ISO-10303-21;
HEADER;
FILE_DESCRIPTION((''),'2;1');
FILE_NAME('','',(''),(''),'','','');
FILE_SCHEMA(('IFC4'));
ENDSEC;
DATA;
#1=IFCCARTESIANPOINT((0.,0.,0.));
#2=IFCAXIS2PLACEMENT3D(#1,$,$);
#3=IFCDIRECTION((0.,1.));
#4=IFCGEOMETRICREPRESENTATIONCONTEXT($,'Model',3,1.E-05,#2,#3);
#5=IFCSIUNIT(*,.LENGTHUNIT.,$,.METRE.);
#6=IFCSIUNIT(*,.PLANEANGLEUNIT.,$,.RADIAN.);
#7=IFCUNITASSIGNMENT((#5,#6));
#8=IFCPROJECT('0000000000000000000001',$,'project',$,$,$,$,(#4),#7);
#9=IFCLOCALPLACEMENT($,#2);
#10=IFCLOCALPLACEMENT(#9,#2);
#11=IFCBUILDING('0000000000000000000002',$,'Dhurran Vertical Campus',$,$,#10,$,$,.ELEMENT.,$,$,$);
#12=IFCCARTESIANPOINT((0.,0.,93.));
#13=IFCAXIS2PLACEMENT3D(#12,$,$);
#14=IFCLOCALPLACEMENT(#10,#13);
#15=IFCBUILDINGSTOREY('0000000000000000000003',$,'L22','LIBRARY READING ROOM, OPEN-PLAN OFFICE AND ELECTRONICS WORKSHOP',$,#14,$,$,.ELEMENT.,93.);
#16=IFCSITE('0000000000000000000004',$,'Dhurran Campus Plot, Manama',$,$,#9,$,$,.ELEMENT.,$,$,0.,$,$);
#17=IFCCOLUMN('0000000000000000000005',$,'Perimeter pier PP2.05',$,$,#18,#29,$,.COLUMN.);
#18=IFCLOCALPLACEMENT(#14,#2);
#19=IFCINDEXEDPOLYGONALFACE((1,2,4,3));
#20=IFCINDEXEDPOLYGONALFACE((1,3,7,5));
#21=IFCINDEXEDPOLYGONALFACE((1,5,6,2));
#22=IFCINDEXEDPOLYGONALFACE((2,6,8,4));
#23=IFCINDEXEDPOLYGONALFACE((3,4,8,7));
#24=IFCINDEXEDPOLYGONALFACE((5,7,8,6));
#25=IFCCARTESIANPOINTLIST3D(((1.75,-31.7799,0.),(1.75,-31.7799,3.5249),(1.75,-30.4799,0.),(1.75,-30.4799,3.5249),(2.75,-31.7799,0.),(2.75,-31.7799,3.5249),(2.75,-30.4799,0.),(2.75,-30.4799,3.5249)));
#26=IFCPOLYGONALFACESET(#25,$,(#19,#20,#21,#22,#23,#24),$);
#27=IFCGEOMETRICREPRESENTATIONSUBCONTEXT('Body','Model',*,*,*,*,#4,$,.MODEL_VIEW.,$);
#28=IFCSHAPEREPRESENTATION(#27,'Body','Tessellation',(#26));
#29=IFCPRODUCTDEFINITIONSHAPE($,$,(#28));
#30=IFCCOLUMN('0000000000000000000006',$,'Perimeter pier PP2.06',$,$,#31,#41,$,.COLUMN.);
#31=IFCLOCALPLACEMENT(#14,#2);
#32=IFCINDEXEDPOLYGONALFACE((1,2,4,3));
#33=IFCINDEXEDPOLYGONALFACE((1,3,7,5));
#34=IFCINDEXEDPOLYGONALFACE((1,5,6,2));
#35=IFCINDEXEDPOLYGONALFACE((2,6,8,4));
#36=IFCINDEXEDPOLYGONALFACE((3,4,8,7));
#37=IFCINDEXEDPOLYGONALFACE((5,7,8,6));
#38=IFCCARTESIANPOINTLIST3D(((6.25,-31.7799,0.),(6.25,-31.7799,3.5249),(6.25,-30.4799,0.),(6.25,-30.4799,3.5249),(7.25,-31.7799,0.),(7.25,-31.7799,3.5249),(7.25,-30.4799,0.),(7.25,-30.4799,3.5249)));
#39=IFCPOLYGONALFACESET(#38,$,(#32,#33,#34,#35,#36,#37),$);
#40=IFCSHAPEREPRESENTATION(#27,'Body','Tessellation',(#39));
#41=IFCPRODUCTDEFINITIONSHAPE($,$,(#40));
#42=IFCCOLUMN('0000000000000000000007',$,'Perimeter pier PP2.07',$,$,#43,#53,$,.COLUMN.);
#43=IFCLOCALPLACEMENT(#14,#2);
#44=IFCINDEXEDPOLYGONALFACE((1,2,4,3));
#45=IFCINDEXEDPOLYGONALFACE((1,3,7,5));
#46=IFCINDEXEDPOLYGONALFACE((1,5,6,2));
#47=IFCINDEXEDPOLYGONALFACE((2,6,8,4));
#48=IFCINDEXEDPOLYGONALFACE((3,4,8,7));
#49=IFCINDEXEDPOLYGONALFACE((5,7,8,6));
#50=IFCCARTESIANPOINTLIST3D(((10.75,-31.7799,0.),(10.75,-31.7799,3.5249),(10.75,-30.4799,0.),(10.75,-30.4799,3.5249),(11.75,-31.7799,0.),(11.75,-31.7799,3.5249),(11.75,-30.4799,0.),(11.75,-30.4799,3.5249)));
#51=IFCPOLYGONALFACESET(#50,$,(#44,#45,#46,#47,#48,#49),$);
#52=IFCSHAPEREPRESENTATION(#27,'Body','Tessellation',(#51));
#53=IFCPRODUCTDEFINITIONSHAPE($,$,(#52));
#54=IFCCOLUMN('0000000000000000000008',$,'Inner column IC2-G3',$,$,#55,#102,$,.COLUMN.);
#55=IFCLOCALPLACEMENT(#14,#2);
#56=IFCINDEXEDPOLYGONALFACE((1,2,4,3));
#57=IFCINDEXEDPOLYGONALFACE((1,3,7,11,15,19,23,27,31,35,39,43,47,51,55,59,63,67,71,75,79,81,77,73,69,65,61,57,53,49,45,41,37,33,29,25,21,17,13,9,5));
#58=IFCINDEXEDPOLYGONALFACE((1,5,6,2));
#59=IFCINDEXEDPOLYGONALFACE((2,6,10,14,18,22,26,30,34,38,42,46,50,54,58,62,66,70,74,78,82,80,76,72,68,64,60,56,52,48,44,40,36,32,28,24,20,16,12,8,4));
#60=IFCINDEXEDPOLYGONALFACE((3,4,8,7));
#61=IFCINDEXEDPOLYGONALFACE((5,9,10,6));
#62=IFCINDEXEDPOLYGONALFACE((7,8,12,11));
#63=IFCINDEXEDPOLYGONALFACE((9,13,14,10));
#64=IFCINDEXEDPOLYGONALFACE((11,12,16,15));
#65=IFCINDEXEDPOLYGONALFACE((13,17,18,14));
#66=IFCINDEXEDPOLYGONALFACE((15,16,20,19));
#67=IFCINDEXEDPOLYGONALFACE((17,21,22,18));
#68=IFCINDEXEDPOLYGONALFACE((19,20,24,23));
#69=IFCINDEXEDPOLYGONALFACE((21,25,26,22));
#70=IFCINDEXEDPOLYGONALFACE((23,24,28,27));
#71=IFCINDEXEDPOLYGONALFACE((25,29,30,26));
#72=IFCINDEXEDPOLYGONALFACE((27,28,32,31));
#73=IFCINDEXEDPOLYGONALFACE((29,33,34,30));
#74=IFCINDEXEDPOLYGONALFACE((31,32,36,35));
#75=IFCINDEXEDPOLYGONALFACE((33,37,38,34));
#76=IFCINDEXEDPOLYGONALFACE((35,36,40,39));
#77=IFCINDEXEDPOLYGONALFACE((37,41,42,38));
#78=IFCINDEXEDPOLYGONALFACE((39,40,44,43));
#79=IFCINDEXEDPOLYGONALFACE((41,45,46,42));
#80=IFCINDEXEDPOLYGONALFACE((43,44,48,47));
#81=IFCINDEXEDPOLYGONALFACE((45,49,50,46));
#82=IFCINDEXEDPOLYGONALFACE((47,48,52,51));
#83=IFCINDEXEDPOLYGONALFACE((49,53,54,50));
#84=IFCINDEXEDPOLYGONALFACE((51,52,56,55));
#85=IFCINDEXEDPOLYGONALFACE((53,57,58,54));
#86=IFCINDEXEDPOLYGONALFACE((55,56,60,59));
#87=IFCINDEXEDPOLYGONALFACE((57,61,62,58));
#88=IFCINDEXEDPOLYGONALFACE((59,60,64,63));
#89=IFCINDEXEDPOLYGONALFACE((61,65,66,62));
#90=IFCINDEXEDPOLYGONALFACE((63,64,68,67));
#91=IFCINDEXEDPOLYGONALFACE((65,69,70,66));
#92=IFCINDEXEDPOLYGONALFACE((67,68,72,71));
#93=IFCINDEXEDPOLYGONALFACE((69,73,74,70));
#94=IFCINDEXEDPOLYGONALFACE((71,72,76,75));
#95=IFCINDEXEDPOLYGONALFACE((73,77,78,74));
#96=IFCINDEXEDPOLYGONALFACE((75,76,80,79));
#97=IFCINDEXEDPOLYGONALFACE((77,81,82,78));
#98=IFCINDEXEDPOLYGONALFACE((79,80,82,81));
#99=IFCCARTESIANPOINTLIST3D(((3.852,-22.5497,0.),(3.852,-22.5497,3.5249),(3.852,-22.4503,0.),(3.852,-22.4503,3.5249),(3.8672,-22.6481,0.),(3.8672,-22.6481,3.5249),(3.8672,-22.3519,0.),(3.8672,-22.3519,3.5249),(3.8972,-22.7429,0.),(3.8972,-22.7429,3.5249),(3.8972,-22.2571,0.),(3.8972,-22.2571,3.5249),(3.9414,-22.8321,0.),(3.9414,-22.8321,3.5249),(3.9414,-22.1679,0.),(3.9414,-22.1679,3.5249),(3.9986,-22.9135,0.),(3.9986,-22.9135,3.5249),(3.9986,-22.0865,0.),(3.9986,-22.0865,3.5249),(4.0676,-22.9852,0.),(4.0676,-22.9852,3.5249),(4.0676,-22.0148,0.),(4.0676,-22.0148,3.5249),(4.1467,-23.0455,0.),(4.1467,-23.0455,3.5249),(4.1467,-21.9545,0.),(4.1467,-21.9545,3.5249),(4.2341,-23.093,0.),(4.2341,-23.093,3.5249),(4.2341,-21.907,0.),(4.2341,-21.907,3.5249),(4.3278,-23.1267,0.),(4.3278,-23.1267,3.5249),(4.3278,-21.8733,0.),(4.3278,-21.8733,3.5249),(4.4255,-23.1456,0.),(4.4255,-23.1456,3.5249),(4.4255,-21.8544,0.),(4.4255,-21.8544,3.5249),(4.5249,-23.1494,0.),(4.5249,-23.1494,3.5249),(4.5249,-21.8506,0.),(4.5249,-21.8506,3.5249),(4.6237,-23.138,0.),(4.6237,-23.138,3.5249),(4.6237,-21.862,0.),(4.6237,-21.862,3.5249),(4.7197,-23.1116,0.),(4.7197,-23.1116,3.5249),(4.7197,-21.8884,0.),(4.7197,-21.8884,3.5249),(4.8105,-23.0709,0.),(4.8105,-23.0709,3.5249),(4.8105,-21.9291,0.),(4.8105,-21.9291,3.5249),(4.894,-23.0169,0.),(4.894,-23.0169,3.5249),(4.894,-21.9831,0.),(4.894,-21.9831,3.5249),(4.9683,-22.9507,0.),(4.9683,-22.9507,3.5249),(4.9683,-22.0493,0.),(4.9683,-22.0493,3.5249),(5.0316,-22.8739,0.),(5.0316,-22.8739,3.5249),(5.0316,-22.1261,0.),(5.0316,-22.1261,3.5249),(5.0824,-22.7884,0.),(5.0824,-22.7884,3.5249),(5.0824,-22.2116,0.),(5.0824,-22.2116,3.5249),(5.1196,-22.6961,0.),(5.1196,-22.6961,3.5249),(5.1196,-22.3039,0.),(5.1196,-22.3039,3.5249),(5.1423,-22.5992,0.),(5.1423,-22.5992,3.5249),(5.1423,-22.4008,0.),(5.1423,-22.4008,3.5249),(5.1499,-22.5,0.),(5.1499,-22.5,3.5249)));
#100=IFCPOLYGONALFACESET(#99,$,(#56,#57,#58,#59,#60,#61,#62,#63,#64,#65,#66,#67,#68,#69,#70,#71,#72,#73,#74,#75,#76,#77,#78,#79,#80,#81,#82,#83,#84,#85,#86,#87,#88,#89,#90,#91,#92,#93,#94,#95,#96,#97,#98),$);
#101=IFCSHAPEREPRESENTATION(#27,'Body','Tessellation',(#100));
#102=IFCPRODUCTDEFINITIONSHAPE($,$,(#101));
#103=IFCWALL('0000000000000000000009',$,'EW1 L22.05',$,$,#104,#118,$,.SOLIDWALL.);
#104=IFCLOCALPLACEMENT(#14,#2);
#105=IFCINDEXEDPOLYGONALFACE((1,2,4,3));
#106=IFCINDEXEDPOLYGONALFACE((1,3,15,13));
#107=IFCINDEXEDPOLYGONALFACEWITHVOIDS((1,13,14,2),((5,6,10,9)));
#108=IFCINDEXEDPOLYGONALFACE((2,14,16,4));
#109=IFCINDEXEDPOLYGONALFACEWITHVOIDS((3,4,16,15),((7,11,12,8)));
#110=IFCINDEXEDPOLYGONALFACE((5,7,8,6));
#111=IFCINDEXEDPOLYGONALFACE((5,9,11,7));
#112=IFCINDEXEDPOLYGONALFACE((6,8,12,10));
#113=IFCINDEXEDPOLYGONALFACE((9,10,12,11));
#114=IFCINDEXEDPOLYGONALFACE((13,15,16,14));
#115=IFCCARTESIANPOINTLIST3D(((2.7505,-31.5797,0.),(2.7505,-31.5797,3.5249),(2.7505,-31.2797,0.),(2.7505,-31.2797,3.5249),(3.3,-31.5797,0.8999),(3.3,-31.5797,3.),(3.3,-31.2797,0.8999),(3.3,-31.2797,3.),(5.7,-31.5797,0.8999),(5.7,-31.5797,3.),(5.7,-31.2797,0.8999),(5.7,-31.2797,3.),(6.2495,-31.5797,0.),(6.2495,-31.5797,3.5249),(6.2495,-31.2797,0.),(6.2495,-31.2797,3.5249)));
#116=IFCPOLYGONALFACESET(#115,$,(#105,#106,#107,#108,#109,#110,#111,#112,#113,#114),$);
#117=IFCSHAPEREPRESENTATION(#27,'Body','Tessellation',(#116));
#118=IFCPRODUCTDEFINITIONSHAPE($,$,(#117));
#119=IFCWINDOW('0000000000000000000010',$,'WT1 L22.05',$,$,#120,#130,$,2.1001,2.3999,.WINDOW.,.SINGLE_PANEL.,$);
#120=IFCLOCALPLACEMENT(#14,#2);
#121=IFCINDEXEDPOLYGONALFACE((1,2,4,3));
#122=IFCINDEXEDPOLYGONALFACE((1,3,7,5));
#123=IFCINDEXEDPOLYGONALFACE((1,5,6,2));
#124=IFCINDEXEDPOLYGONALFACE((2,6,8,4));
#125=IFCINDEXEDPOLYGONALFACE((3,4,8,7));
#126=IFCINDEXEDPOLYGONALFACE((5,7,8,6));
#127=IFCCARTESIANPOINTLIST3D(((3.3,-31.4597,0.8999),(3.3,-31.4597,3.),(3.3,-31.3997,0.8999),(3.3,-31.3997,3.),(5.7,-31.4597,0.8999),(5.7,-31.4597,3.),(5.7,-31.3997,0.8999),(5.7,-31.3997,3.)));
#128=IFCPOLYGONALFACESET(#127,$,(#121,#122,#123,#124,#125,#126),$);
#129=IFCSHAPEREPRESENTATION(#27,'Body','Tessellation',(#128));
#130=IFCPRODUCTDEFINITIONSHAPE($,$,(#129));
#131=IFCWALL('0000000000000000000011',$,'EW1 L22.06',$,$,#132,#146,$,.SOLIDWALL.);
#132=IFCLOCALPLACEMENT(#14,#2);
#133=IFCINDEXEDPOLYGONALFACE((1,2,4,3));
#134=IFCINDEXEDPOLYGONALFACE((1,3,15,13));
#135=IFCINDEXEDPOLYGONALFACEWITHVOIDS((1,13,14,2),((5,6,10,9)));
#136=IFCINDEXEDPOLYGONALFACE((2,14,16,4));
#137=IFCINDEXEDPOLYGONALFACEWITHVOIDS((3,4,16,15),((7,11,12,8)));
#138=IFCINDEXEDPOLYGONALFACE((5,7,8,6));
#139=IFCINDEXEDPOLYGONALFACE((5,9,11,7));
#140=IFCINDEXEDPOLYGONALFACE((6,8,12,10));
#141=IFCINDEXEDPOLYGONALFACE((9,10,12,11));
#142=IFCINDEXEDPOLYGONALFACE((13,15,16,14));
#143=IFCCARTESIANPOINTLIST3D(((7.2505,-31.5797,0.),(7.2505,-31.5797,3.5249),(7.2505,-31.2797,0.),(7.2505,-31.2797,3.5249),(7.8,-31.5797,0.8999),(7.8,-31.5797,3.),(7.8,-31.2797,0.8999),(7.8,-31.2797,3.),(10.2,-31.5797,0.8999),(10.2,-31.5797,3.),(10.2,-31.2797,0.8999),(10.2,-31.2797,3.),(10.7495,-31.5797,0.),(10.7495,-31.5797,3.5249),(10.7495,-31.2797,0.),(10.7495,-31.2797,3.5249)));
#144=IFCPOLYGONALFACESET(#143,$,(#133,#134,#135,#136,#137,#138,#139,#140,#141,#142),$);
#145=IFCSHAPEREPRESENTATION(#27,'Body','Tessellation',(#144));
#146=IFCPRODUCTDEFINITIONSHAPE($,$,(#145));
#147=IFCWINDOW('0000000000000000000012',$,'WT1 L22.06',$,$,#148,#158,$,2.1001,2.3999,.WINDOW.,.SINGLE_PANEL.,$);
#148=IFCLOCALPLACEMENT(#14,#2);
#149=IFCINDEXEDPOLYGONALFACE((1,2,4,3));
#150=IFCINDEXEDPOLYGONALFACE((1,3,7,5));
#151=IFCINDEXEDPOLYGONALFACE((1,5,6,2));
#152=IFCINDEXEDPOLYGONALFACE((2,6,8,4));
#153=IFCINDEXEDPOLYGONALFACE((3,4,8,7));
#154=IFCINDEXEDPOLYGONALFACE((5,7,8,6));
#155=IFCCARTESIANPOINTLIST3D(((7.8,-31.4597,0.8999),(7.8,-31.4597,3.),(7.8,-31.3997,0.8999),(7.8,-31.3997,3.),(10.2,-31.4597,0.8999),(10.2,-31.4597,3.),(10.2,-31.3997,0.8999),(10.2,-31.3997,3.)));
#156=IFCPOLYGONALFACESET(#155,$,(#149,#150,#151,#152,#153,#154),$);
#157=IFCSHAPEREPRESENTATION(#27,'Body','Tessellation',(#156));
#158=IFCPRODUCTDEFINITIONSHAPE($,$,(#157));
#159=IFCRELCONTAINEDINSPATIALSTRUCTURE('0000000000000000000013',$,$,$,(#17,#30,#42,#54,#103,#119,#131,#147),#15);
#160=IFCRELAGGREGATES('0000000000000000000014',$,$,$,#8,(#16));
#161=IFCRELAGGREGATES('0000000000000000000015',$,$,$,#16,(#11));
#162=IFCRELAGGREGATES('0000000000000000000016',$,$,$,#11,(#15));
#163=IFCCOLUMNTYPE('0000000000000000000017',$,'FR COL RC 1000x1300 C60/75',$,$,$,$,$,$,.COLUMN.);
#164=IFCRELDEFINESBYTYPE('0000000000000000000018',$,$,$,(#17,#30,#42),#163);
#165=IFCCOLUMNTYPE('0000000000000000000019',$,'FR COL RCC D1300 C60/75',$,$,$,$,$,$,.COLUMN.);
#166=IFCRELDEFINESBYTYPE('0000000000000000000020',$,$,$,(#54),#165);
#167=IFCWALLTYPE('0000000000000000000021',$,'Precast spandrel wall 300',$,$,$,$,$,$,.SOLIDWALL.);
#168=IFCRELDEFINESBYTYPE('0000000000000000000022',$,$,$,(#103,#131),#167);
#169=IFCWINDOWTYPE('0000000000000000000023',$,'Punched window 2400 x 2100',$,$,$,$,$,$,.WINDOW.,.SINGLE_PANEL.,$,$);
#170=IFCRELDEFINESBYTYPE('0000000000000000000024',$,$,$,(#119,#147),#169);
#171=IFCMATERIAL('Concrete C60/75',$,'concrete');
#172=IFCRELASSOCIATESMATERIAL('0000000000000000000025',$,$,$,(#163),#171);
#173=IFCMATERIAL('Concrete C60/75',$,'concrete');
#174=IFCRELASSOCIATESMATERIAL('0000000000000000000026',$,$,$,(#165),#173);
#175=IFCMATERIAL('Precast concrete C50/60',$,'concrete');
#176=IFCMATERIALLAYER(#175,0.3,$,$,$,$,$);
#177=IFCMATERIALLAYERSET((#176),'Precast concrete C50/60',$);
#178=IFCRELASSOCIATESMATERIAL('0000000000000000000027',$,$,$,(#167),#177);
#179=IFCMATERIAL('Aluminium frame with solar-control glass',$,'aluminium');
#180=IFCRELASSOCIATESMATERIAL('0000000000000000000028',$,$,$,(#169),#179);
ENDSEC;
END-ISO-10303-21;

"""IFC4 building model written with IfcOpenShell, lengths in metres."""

from ifc_helpers import new_model, si_unit, direction, frame, frame_2d, origin, origin_2d, place, context, subcontext, project, spatial, rectangle, circle, extrude, material, layer, layer_set, material_profile, profile_set, type_object, element, fill, save


model = new_model("IFC4")

# Units and contexts
model_context = context("Model", 3, precision=1e-05, world=origin(), true_north=direction((0.0, 1.0)))
body_context = subcontext(model_context, "Body", "Model", "MODEL_VIEW")
ifc_project = project(units=[si_unit("LENGTHUNIT", "METRE"), si_unit("PLANEANGLEUNIT", "RADIAN")], contexts=[model_context])

# Site, building, storey
site_placement = place(None, origin())
site = spatial("IfcSite", under=ifc_project, at=site_placement, Name="Dhurran Campus Plot, Manama", CompositionType="ELEMENT", RefElevation=0.0)
building_placement = place(site_placement, origin())
building = spatial("IfcBuilding", under=site, at=building_placement, Name="Dhurran Vertical Campus", CompositionType="ELEMENT")
storey_placement = place(building_placement, frame((0.0, 0.0, 93.0)))
storey = spatial("IfcBuildingStorey", under=building, at=storey_placement, Name="L22", Description="LIBRARY READING ROOM, OPEN-PLAN OFFICE AND ELECTRONICS WORKSHOP", CompositionType="ELEMENT", Elevation=93.0)

# Columns
ifc_material_1 = material(Name="Concrete C60/75", Category="concrete")
ifc_material_profile_1 = material_profile(ifc_material_1, rectangle(XDim=1.0, YDim=1.3, at=origin_2d()), Name="RC 1000x1300")
ifc_profile_set_1 = profile_set([ifc_material_profile_1], Name="Concrete C60/75")
column_type_1 = type_object("IfcColumnType", Name="FR COL RC 1000x1300 C60/75", PredefinedType="COLUMN", material=ifc_profile_set_1)
for number, where, z_axis, x_axis, name in (
    (1, (2.25, -31.1299, 0.0), (0.0, 0.0, 1.0), (1.0, 0.0, 0.0), "Perimeter pier PP2.05"),
    (2, (6.75, -31.1299, 0.0), (0.0, 0.0, 1.0), (1.0, 0.0, 0.0), "Perimeter pier PP2.06"),
    (3, (11.25, -31.1299, 0.0), (0.0, 0.0, 1.0), (1.0, 0.0, 0.0), "Perimeter pier PP2.07"),
):
    element("IfcColumn", number, at=place(storey_placement, frame(where, z_axis=z_axis, x_axis=x_axis)), inside=storey, type_object=column_type_1, Name=name, PredefinedType="COLUMN", context=body_context, shape_type="SweptSolid", body=[
        extrude(rectangle(XDim=1.0, YDim=1.3, at=origin_2d()), origin(), (0.0, 0.0, 1.0), 3.5249),
    ])
ifc_material_2 = material(Name="Concrete C60/75", Category="concrete")
ifc_material_profile_2 = material_profile(ifc_material_2, circle(Radius=0.6499, at=origin_2d()), Name="RCC D1300")
ifc_profile_set_2 = profile_set([ifc_material_profile_2], Name="Concrete C60/75")
column_type_2 = type_object("IfcColumnType", Name="FR COL RCC D1300 C60/75", PredefinedType="COLUMN", material=ifc_profile_set_2)
column_placement = place(storey_placement, frame((4.5, -22.5, 0.0), z_axis=(0.0, 0.0, 1.0), x_axis=(1.0, 0.0, 0.0)))
element("IfcColumn", 4, at=column_placement, inside=storey, type_object=column_type_2, Name="Inner column IC2-G3", PredefinedType="COLUMN", context=body_context, shape_type="SweptSolid", body=[
    extrude(circle(Radius=0.6499, at=origin_2d()), origin(), (0.0, 0.0, 1.0), 3.5249),
])

# Walls, openings, windows
ifc_material_3 = material(Name="Precast concrete C50/60", Category="concrete")
ifc_layer_1 = layer(ifc_material_3, 0.3)
ifc_layer_set_1 = layer_set([ifc_layer_1], Name="Precast concrete C50/60")
wall_type_1 = type_object("IfcWallType", Name="Precast spandrel wall 300", PredefinedType="SOLIDWALL", material=ifc_layer_set_1)
wall_1_placement = place(storey_placement, frame((2.7505, -31.4297, 0.0), z_axis=(0.0, 0.0, 1.0), x_axis=(1.0, 0.0, 0.0)))
wall_1 = element("IfcWall", 5, at=wall_1_placement, inside=storey, type_object=wall_type_1, Name="EW1 L22.05", PredefinedType="SOLIDWALL", context=body_context, shape_type="SweptSolid", body=[
    extrude(rectangle(XDim=3.499, YDim=0.3, at=frame_2d((1.7495, 0.0))), origin(), (0.0, 0.0, 1.0), 3.5249),
])
opening_1_placement = place(wall_1_placement, frame((0.5496, 0.0, 0.8999)))
opening_1 = element("IfcOpeningElement", 6, at=opening_1_placement, cuts=wall_1, PredefinedType="OPENING", context=body_context, shape_type="SweptSolid", body=[
    extrude(rectangle(XDim=2.3999, YDim=2.1001, at=frame_2d((1.2, 1.05))), frame((0.0, 0.1599, 0.0), z_axis=(0.0, -1.0, 0.0), x_axis=(1.0, 0.0, 0.0)), (0.0, 0.0, 1.0), 0.3201),
])
ifc_material_4 = material(Name="Aluminium frame with solar-control glass", Category="aluminium")
window_type = type_object("IfcWindowType", Name="Punched window 2400 x 2100", PartitioningType="SINGLE_PANEL", PredefinedType="WINDOW", material=ifc_material_4)
window_1_placement = place(opening_1_placement, origin())
window_1 = element("IfcWindow", 7, at=window_1_placement, inside=storey, type_object=window_type, Name="WT1 L22.05", OverallHeight=2.1001, OverallWidth=2.3999, PartitioningType="SINGLE_PANEL", PredefinedType="WINDOW", context=body_context, shape_type="SweptSolid", body=[
    extrude(rectangle(XDim=2.3999, YDim=2.1001, at=frame_2d((1.2, 1.05))), frame((0.0, 0.03, 0.0), z_axis=(0.0, -1.0, 0.0), x_axis=(1.0, 0.0, 0.0)), (0.0, 0.0, 1.0), 0.0601),
])
fill(opening_1, window_1)
wall_2_placement = place(storey_placement, frame((7.2505, -31.4297, 0.0), z_axis=(0.0, 0.0, 1.0), x_axis=(1.0, 0.0, 0.0)))
wall_2 = element("IfcWall", 8, at=wall_2_placement, inside=storey, type_object=wall_type_1, Name="EW1 L22.06", PredefinedType="SOLIDWALL", context=body_context, shape_type="SweptSolid", body=[
    extrude(rectangle(XDim=3.499, YDim=0.3, at=frame_2d((1.7495, 0.0))), origin(), (0.0, 0.0, 1.0), 3.5249),
])
opening_2_placement = place(wall_2_placement, frame((0.5496, 0.0, 0.8999)))
opening_2 = element("IfcOpeningElement", 9, at=opening_2_placement, cuts=wall_2, PredefinedType="OPENING", context=body_context, shape_type="SweptSolid", body=[
    extrude(rectangle(XDim=2.3999, YDim=2.1001, at=frame_2d((1.2, 1.05))), frame((0.0, 0.1599, 0.0), z_axis=(0.0, -1.0, 0.0), x_axis=(1.0, 0.0, 0.0)), (0.0, 0.0, 1.0), 0.3201),
])
window_2_placement = place(opening_2_placement, origin())
window_2 = element("IfcWindow", 10, at=window_2_placement, inside=storey, type_object=window_type, Name="WT1 L22.06", OverallHeight=2.1001, OverallWidth=2.3999, PartitioningType="SINGLE_PANEL", PredefinedType="WINDOW", context=body_context, shape_type="SweptSolid", body=[
    extrude(rectangle(XDim=2.3999, YDim=2.1001, at=frame_2d((1.2, 1.05))), frame((0.0, 0.03, 0.0), z_axis=(0.0, -1.0, 0.0), x_axis=(1.0, 0.0, 0.0)), (0.0, 0.0, 1.0), 0.0601),
])
fill(opening_2, window_2)

save(model, "model.ifc")
